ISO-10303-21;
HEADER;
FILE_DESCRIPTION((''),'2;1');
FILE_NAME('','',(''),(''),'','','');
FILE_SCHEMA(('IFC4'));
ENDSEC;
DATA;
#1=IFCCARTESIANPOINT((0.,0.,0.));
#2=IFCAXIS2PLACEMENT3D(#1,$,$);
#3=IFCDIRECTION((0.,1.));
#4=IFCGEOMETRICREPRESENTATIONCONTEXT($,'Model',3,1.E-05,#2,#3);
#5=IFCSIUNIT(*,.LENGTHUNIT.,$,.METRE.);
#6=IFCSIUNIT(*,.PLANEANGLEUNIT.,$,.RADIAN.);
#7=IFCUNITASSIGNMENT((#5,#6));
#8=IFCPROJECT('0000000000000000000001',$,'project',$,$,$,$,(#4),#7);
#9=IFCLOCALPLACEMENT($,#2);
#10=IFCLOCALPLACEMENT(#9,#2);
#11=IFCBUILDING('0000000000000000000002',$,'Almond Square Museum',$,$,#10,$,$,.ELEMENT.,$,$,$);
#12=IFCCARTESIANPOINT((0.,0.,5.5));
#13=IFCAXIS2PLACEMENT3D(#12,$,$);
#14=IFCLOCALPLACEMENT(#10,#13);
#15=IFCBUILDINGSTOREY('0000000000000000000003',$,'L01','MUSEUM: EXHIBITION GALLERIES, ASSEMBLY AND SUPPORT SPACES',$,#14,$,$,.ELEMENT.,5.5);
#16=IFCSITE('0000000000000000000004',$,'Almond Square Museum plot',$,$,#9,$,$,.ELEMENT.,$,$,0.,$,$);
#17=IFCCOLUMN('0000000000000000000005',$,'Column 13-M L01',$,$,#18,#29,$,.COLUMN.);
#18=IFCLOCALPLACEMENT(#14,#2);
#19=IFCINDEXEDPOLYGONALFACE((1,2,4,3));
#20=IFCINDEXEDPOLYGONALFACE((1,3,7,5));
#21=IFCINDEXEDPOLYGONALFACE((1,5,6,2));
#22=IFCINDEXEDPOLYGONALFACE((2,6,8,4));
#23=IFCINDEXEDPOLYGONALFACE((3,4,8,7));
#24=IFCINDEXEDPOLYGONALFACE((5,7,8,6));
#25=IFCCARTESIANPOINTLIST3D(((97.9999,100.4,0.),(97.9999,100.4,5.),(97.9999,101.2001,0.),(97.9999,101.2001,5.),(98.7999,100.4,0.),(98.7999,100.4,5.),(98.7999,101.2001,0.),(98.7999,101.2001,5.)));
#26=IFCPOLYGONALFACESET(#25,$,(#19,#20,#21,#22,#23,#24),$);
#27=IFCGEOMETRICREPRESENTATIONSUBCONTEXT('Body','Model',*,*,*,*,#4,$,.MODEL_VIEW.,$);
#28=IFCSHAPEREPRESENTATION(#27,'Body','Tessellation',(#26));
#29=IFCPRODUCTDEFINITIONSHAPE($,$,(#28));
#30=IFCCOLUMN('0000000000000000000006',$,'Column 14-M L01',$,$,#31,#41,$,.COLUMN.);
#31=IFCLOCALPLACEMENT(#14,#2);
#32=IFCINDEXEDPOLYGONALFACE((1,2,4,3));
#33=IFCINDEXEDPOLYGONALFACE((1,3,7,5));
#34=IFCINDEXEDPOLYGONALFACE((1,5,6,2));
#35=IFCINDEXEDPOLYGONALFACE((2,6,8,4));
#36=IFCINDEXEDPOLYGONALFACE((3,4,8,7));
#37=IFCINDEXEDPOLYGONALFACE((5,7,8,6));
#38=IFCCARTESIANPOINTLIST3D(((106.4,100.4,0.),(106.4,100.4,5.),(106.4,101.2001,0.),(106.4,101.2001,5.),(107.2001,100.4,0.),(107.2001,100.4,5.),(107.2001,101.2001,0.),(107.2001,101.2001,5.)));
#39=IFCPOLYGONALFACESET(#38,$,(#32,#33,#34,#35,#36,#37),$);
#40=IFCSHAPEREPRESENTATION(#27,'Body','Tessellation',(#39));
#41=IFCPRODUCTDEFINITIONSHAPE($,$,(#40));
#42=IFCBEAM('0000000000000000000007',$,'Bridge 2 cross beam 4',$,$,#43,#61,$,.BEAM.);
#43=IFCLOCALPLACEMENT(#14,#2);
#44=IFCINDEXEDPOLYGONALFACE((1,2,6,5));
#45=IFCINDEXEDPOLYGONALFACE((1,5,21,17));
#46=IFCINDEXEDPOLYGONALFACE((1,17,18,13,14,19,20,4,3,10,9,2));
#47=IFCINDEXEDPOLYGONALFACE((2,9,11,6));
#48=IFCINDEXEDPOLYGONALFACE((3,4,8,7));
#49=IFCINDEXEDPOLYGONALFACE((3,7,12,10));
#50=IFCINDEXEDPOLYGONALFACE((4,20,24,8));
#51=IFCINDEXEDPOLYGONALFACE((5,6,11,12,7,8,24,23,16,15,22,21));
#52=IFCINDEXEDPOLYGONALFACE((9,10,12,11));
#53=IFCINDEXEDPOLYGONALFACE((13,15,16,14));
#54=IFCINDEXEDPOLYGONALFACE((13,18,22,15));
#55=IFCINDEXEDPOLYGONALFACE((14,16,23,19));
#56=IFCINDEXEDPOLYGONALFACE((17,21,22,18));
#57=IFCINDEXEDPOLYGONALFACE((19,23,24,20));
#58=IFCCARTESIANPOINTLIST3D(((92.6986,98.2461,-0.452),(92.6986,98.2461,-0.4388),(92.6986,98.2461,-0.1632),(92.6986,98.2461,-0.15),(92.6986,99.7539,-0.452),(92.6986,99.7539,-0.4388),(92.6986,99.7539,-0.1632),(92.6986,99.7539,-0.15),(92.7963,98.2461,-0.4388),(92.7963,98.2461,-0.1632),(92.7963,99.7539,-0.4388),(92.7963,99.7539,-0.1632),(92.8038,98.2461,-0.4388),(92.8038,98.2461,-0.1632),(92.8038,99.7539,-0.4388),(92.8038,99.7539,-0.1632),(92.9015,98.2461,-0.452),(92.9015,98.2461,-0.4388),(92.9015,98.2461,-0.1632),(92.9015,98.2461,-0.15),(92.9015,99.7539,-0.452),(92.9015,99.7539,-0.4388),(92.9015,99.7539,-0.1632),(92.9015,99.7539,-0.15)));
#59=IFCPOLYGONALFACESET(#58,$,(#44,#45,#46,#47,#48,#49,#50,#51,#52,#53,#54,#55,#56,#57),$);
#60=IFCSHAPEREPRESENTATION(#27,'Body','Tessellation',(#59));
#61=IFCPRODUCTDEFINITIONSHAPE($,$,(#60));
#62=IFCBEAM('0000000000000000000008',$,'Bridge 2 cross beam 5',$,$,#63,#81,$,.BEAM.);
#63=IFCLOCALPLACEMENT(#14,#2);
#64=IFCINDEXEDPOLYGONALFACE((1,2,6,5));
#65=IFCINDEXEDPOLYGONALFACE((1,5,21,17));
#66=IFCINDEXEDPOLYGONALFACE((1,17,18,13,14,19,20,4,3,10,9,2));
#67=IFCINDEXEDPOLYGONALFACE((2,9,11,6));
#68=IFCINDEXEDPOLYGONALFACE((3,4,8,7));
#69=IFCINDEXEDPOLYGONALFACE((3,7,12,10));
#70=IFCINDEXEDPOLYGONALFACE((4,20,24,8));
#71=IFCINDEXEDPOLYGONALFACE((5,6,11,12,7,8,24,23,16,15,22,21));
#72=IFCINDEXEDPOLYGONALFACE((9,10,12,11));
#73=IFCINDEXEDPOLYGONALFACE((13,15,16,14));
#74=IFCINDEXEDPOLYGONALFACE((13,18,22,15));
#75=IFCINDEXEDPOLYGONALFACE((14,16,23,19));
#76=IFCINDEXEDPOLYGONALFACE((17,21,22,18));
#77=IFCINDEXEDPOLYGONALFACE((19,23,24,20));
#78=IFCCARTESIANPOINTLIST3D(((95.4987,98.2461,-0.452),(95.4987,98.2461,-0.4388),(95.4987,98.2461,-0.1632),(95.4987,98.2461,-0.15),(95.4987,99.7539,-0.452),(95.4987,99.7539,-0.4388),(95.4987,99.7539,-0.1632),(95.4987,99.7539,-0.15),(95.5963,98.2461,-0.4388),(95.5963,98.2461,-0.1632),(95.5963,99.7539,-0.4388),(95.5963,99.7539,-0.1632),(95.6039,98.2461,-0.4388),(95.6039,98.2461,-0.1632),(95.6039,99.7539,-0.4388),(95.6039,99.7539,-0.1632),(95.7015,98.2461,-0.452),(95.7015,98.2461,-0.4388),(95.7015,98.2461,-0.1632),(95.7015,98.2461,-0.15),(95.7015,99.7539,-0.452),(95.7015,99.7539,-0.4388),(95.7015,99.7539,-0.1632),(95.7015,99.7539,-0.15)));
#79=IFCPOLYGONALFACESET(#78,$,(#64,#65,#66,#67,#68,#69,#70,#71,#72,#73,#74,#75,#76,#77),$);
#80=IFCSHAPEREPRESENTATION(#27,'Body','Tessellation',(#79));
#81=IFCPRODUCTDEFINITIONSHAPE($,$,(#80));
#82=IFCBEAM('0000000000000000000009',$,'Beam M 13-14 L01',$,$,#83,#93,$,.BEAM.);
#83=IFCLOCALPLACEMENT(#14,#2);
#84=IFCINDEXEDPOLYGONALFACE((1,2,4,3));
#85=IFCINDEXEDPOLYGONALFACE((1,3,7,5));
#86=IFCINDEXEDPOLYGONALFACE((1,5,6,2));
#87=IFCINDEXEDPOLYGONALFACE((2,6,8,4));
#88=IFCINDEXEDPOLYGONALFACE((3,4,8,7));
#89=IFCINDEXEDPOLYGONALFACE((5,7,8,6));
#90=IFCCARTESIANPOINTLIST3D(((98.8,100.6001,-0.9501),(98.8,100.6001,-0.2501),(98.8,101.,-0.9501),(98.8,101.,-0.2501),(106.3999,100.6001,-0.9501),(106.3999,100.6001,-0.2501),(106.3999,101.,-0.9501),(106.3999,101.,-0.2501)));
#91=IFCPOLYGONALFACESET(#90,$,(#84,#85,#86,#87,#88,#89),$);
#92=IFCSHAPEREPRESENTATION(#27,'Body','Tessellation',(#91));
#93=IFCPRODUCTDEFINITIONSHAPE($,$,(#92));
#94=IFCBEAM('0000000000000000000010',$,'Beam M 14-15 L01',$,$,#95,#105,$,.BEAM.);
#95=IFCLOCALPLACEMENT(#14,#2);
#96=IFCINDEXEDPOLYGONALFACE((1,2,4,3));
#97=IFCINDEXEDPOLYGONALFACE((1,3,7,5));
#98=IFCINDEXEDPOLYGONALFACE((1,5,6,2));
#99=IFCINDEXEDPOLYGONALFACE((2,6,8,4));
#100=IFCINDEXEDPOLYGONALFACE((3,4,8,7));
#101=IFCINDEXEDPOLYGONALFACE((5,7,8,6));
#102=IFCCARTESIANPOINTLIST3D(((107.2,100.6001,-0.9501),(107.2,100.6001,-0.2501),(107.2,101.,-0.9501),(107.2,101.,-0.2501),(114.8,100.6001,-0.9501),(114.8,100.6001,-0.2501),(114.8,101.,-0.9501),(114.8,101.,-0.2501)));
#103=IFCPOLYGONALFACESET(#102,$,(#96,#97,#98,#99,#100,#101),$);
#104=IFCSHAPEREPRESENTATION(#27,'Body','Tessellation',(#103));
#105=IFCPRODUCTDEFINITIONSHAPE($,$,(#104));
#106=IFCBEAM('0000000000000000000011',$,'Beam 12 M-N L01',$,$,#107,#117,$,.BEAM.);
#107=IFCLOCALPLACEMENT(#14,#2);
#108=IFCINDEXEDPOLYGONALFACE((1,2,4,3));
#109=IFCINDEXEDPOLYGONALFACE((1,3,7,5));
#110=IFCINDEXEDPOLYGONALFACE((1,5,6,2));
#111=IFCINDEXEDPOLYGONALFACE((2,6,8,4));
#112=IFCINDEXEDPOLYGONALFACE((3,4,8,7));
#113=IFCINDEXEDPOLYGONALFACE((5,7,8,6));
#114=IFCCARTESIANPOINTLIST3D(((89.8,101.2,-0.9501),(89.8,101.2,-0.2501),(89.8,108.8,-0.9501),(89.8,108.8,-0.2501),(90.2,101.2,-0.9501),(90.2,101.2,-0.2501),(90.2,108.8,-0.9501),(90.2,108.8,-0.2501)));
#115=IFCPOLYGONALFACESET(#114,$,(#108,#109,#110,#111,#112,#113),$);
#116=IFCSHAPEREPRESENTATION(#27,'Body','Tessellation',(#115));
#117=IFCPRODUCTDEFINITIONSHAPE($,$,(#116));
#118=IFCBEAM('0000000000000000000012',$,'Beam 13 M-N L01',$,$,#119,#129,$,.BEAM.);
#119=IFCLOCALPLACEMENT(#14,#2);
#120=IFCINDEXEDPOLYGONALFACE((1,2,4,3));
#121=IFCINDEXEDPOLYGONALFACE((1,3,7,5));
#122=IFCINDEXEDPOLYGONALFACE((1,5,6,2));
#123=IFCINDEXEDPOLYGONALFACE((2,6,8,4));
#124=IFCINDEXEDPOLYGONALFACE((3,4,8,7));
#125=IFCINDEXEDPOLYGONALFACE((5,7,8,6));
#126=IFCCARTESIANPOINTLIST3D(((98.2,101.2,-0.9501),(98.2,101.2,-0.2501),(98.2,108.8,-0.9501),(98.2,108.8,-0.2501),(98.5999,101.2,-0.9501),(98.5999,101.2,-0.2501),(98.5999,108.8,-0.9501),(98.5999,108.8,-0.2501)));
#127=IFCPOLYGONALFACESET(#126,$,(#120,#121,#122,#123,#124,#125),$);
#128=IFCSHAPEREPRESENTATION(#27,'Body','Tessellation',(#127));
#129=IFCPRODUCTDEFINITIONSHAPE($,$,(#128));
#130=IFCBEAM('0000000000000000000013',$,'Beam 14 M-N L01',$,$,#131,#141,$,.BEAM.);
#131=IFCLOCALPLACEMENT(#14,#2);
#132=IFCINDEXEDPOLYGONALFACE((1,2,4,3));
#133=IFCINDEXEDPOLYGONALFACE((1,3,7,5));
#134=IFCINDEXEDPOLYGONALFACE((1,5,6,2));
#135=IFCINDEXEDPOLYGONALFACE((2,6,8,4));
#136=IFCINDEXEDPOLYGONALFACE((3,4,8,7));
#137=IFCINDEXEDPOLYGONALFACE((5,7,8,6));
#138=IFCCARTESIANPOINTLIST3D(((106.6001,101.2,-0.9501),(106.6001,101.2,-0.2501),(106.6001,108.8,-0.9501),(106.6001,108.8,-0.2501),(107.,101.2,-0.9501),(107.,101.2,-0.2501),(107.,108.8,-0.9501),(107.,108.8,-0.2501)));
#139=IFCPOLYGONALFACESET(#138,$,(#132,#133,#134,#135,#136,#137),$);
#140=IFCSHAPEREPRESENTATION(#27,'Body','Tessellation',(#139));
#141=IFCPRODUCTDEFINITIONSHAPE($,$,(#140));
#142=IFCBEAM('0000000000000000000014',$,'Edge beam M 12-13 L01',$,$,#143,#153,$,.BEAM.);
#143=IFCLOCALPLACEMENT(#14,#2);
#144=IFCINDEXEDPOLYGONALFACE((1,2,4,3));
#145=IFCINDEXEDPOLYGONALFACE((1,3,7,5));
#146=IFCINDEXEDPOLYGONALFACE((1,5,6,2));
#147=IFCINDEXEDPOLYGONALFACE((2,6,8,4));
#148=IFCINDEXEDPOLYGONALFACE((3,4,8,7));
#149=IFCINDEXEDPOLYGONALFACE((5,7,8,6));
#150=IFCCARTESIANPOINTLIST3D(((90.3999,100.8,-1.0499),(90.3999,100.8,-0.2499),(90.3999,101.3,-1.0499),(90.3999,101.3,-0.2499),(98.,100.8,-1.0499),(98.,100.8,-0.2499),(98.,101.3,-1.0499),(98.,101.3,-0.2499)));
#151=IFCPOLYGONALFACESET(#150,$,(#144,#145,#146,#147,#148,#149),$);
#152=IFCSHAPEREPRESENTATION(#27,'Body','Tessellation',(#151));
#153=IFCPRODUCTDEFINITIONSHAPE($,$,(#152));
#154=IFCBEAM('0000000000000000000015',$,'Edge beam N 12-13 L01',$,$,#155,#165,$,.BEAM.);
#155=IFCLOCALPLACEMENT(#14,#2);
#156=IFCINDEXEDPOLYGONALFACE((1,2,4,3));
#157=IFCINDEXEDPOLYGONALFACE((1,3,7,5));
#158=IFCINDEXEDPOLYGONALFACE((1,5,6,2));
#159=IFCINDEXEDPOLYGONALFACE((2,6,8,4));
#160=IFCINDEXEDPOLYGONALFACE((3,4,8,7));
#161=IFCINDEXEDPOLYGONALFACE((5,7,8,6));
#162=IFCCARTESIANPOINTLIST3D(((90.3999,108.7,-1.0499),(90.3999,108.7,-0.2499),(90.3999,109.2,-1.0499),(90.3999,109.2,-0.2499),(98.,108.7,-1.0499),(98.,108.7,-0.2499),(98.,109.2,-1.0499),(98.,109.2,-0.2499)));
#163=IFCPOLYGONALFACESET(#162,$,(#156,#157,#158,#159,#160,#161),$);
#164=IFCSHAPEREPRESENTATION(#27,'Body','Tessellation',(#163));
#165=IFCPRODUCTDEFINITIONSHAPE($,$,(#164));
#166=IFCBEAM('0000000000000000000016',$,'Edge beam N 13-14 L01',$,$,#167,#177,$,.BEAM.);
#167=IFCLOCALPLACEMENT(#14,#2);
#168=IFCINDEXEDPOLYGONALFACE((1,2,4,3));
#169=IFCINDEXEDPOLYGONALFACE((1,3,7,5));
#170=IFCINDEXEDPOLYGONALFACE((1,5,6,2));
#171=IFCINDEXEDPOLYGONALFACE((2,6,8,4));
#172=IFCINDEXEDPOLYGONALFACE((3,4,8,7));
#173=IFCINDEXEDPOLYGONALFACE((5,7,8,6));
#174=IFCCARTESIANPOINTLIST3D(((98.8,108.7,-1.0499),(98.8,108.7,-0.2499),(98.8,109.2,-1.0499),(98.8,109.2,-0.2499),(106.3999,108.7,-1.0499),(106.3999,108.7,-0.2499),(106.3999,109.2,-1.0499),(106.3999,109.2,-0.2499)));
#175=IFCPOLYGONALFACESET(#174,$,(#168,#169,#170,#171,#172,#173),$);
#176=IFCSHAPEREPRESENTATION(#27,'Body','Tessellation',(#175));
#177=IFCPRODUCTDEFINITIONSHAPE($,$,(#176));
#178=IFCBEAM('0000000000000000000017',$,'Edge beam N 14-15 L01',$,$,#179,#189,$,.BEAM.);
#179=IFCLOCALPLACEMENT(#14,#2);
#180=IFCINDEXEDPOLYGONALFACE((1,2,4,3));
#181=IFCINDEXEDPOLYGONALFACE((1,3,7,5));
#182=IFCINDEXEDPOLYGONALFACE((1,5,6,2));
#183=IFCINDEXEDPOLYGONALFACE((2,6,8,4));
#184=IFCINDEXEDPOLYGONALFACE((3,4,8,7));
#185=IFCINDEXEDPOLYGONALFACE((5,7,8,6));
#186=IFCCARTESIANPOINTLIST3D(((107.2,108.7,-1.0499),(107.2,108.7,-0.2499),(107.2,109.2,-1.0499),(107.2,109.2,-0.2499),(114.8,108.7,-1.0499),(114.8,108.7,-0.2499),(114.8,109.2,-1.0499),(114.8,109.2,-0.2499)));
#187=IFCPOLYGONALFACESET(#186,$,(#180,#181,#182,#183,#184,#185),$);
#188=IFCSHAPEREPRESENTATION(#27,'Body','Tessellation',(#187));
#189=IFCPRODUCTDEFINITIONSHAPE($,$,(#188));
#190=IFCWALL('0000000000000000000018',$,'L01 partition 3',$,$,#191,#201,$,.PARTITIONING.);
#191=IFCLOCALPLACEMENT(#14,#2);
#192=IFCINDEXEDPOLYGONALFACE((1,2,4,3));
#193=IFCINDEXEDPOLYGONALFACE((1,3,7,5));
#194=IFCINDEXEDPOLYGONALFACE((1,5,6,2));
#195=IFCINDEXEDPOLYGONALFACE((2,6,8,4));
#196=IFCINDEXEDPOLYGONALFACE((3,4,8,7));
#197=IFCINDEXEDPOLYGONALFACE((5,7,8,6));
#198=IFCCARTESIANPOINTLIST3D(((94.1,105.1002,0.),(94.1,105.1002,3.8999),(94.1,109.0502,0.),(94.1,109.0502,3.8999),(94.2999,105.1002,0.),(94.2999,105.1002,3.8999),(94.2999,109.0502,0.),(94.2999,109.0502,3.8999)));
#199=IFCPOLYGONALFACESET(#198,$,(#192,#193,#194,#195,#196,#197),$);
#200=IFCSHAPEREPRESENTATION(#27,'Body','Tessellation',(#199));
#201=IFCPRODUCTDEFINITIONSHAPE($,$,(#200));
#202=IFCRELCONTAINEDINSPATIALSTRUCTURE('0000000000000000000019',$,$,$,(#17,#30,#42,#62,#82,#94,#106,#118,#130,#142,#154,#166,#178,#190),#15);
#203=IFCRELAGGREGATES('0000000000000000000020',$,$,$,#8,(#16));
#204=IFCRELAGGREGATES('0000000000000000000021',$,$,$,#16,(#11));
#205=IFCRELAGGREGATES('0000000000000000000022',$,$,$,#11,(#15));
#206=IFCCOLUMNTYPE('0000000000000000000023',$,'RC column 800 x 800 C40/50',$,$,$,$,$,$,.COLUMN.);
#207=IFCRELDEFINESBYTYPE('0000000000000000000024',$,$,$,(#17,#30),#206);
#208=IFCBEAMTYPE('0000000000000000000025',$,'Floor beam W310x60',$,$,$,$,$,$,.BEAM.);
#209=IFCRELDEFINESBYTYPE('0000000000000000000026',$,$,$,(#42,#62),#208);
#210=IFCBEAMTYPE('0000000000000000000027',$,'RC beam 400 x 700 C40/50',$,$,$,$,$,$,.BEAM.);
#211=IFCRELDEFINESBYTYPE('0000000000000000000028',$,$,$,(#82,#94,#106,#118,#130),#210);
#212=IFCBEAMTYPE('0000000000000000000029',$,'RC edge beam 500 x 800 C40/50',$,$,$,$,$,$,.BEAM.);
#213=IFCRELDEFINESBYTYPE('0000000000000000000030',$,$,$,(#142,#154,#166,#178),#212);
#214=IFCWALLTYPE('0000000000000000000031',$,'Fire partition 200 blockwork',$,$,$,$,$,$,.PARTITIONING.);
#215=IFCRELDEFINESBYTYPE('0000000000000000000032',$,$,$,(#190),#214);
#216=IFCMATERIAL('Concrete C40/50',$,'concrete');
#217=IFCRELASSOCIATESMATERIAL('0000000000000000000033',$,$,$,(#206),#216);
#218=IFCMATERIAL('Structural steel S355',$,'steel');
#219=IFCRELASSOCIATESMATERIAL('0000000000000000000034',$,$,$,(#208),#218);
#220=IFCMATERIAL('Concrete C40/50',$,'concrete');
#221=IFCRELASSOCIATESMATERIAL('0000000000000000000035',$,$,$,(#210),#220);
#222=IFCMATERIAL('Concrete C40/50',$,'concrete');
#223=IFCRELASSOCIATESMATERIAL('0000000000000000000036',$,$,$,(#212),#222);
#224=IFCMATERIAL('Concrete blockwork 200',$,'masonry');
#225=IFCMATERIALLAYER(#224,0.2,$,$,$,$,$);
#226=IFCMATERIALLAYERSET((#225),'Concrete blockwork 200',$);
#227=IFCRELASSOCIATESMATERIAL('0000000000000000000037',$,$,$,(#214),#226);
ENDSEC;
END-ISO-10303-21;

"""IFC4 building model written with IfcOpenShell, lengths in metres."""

from ifc_helpers import new_model, si_unit, direction, frame, frame_2d, origin, origin_2d, place, context, subcontext, project, spatial, rectangle, i_section, extrude, material, layer, layer_set, material_profile, profile_set, type_object, element, save


model = new_model("IFC4")

# Units and contexts
model_context = context("Model", 3, precision=1e-05, world=origin(), true_north=direction((0.0, 1.0)))
body_context = subcontext(model_context, "Body", "Model", "MODEL_VIEW")
ifc_project = project(units=[si_unit("LENGTHUNIT", "METRE"), si_unit("PLANEANGLEUNIT", "RADIAN")], contexts=[model_context])

# Site, building, storey
site_placement = place(None, origin())
site = spatial("IfcSite", under=ifc_project, at=site_placement, Name="Almond Square Museum plot", CompositionType="ELEMENT", RefElevation=0.0)
building_placement = place(site_placement, origin())
building = spatial("IfcBuilding", under=site, at=building_placement, Name="Almond Square Museum", CompositionType="ELEMENT")
storey_placement = place(building_placement, frame((0.0, 0.0, 5.5)))
storey = spatial("IfcBuildingStorey", under=building, at=storey_placement, Name="L01", Description="MUSEUM: EXHIBITION GALLERIES, ASSEMBLY AND SUPPORT SPACES", CompositionType="ELEMENT", Elevation=5.5)

# Columns
ifc_material_1 = material(Name="Concrete C40/50", Category="concrete")
ifc_material_profile_1 = material_profile(ifc_material_1, rectangle(XDim=0.8, YDim=0.8, at=origin_2d()))
ifc_profile_set_1 = profile_set([ifc_material_profile_1], Name="Concrete C40/50")
column_type = type_object("IfcColumnType", Name="RC column 800 x 800 C40/50", PredefinedType="COLUMN", material=ifc_profile_set_1)
for number, where, z_axis, x_axis, name in (
    (1, (98.3999, 100.8, 0.0), (0.0, 0.0, 1.0), (1.0, 0.0, 0.0), "Column 13-M L01"),
    (2, (106.8, 100.8, 0.0), (0.0, 0.0, 1.0), (1.0, 0.0, 0.0), "Column 14-M L01"),
):
    element("IfcColumn", number, at=place(storey_placement, frame(where, z_axis=z_axis, x_axis=x_axis)), inside=storey, type_object=column_type, Name=name, PredefinedType="COLUMN", context=body_context, shape_type="SweptSolid", body=[
        extrude(rectangle(XDim=0.8, YDim=0.8, at=origin_2d()), origin(), (0.0, 0.0, 1.0), 5.0),
    ])

# Beams
ifc_material_2 = material(Name="Structural steel S355", Category="steel")
ifc_material_profile_2 = material_profile(ifc_material_2, i_section(OverallWidth=0.2029, OverallDepth=0.302, WebThickness=0.0076, FlangeThickness=0.0132, at=origin_2d()))
ifc_profile_set_2 = profile_set([ifc_material_profile_2], Name="Structural steel S355")
beam_type_1 = type_object("IfcBeamType", Name="Floor beam W310x60", PredefinedType="BEAM", material=ifc_profile_set_2)
for number, where, z_axis, x_axis, name in (
    (3, (92.8, 98.2461, -0.301), (0.0, 1.0, 0.0), (-1.0, 0.0, 0.0), "Bridge 2 cross beam 4"),
    (4, (95.6001, 98.2461, -0.301), (0.0, 1.0, 0.0), (-1.0, 0.0, 0.0), "Bridge 2 cross beam 5"),
):
    element("IfcBeam", number, at=place(storey_placement, frame(where, z_axis=z_axis, x_axis=x_axis)), inside=storey, type_object=beam_type_1, Name=name, PredefinedType="BEAM", context=body_context, shape_type="SweptSolid", body=[
        extrude(i_section(OverallWidth=0.2029, OverallDepth=0.302, WebThickness=0.0076, FlangeThickness=0.0132, at=origin_2d()), origin(), (0.0, 0.0, 1.0), 1.5078),
    ])
ifc_material_3 = material(Name="Concrete C40/50", Category="concrete")
ifc_material_profile_3 = material_profile(ifc_material_3, rectangle(XDim=0.3999, YDim=0.7, at=origin_2d()))
ifc_profile_set_3 = profile_set([ifc_material_profile_3], Name="Concrete C40/50")
beam_type_2 = type_object("IfcBeamType", Name="RC beam 400 x 700 C40/50", PredefinedType="BEAM", material=ifc_profile_set_3)
beam_1_placement = place(storey_placement, frame((98.8, 100.8, -0.6001), z_axis=(1.0, 0.0, 0.0), x_axis=(0.0, 1.0, 0.0)))
element("IfcBeam", 5, at=beam_1_placement, inside=storey, type_object=beam_type_2, Name="Beam M 13-14 L01", PredefinedType="BEAM", context=body_context, shape_type="SweptSolid", body=[
    extrude(rectangle(XDim=0.3999, YDim=0.7, at=origin_2d()), origin(), (0.0, 0.0, 1.0), 7.5999),
])
for number, where, z_axis, x_axis, name in (
    (6, (107.2, 100.8, -0.6001), (1.0, 0.0, 0.0), (0.0, 1.0, 0.0), "Beam M 14-15 L01"),
    (7, (90.0, 101.2, -0.6001), (0.0, 1.0, 0.0), (-1.0, 0.0, 0.0), "Beam 12 M-N L01"),
    (8, (98.3999, 101.2, -0.6001), (0.0, 1.0, 0.0), (-1.0, 0.0, 0.0), "Beam 13 M-N L01"),
    (9, (106.8, 101.2, -0.6001), (0.0, 1.0, 0.0), (-1.0, 0.0, 0.0), "Beam 14 M-N L01"),
):
    element("IfcBeam", number, at=place(storey_placement, frame(where, z_axis=z_axis, x_axis=x_axis)), inside=storey, type_object=beam_type_2, Name=name, PredefinedType="BEAM", context=body_context, shape_type="SweptSolid", body=[
        extrude(rectangle(XDim=0.3999, YDim=0.7, at=origin_2d()), origin(), (0.0, 0.0, 1.0), 7.6001),
    ])
ifc_material_4 = material(Name="Concrete C40/50", Category="concrete")
ifc_material_profile_4 = material_profile(ifc_material_4, rectangle(XDim=0.5, YDim=0.8, at=origin_2d()))
ifc_profile_set_4 = profile_set([ifc_material_profile_4], Name="Concrete C40/50")
beam_type_3 = type_object("IfcBeamType", Name="RC edge beam 500 x 800 C40/50", PredefinedType="BEAM", material=ifc_profile_set_4)
for number, where, z_axis, x_axis, name in (
    (10, (90.3999, 101.05, -0.6499), (1.0, 0.0, 0.0), (0.0, 1.0, 0.0), "Edge beam M 12-13 L01"),
    (11, (90.3999, 108.95, -0.6499), (1.0, 0.0, 0.0), (0.0, 1.0, 0.0), "Edge beam N 12-13 L01"),
):
    element("IfcBeam", number, at=place(storey_placement, frame(where, z_axis=z_axis, x_axis=x_axis)), inside=storey, type_object=beam_type_3, Name=name, PredefinedType="BEAM", context=body_context, shape_type="SweptSolid", body=[
        extrude(rectangle(XDim=0.5, YDim=0.8, at=origin_2d()), origin(), (0.0, 0.0, 1.0), 7.6001),
    ])
beam_2_placement = place(storey_placement, frame((98.8, 108.95, -0.6499), z_axis=(1.0, 0.0, 0.0), x_axis=(0.0, 1.0, 0.0)))
element("IfcBeam", 12, at=beam_2_placement, inside=storey, type_object=beam_type_3, Name="Edge beam N 13-14 L01", PredefinedType="BEAM", context=body_context, shape_type="SweptSolid", body=[
    extrude(rectangle(XDim=0.5, YDim=0.8, at=origin_2d()), origin(), (0.0, 0.0, 1.0), 7.5999),
])
beam_3_placement = place(storey_placement, frame((107.2, 108.95, -0.6499), z_axis=(1.0, 0.0, 0.0), x_axis=(0.0, 1.0, 0.0)))
element("IfcBeam", 13, at=beam_3_placement, inside=storey, type_object=beam_type_3, Name="Edge beam N 14-15 L01", PredefinedType="BEAM", context=body_context, shape_type="SweptSolid", body=[
    extrude(rectangle(XDim=0.5, YDim=0.8, at=origin_2d()), origin(), (0.0, 0.0, 1.0), 7.6001),
])

# Wall
ifc_material_5 = material(Name="Concrete blockwork 200", Category="masonry")
ifc_layer_1 = layer(ifc_material_5, 0.2)
ifc_layer_set_1 = layer_set([ifc_layer_1], Name="Concrete blockwork 200")
wall_type_1 = type_object("IfcWallType", Name="Fire partition 200 blockwork", PredefinedType="PARTITIONING", material=ifc_layer_set_1)
wall_1_placement = place(storey_placement, frame((94.2, 105.1001, 0.0), z_axis=(0.0, 0.0, 1.0), x_axis=(0.0, 1.0, 0.0)))
element("IfcWall", 14, at=wall_1_placement, inside=storey, type_object=wall_type_1, Name="L01 partition 3", PredefinedType="PARTITIONING", context=body_context, shape_type="SweptSolid", body=[
    extrude(rectangle(XDim=3.95, YDim=0.2, at=frame_2d((1.9751, 0.0))), origin(), (0.0, 0.0, 1.0), 3.8999),
])

save(model, "model.ifc")
